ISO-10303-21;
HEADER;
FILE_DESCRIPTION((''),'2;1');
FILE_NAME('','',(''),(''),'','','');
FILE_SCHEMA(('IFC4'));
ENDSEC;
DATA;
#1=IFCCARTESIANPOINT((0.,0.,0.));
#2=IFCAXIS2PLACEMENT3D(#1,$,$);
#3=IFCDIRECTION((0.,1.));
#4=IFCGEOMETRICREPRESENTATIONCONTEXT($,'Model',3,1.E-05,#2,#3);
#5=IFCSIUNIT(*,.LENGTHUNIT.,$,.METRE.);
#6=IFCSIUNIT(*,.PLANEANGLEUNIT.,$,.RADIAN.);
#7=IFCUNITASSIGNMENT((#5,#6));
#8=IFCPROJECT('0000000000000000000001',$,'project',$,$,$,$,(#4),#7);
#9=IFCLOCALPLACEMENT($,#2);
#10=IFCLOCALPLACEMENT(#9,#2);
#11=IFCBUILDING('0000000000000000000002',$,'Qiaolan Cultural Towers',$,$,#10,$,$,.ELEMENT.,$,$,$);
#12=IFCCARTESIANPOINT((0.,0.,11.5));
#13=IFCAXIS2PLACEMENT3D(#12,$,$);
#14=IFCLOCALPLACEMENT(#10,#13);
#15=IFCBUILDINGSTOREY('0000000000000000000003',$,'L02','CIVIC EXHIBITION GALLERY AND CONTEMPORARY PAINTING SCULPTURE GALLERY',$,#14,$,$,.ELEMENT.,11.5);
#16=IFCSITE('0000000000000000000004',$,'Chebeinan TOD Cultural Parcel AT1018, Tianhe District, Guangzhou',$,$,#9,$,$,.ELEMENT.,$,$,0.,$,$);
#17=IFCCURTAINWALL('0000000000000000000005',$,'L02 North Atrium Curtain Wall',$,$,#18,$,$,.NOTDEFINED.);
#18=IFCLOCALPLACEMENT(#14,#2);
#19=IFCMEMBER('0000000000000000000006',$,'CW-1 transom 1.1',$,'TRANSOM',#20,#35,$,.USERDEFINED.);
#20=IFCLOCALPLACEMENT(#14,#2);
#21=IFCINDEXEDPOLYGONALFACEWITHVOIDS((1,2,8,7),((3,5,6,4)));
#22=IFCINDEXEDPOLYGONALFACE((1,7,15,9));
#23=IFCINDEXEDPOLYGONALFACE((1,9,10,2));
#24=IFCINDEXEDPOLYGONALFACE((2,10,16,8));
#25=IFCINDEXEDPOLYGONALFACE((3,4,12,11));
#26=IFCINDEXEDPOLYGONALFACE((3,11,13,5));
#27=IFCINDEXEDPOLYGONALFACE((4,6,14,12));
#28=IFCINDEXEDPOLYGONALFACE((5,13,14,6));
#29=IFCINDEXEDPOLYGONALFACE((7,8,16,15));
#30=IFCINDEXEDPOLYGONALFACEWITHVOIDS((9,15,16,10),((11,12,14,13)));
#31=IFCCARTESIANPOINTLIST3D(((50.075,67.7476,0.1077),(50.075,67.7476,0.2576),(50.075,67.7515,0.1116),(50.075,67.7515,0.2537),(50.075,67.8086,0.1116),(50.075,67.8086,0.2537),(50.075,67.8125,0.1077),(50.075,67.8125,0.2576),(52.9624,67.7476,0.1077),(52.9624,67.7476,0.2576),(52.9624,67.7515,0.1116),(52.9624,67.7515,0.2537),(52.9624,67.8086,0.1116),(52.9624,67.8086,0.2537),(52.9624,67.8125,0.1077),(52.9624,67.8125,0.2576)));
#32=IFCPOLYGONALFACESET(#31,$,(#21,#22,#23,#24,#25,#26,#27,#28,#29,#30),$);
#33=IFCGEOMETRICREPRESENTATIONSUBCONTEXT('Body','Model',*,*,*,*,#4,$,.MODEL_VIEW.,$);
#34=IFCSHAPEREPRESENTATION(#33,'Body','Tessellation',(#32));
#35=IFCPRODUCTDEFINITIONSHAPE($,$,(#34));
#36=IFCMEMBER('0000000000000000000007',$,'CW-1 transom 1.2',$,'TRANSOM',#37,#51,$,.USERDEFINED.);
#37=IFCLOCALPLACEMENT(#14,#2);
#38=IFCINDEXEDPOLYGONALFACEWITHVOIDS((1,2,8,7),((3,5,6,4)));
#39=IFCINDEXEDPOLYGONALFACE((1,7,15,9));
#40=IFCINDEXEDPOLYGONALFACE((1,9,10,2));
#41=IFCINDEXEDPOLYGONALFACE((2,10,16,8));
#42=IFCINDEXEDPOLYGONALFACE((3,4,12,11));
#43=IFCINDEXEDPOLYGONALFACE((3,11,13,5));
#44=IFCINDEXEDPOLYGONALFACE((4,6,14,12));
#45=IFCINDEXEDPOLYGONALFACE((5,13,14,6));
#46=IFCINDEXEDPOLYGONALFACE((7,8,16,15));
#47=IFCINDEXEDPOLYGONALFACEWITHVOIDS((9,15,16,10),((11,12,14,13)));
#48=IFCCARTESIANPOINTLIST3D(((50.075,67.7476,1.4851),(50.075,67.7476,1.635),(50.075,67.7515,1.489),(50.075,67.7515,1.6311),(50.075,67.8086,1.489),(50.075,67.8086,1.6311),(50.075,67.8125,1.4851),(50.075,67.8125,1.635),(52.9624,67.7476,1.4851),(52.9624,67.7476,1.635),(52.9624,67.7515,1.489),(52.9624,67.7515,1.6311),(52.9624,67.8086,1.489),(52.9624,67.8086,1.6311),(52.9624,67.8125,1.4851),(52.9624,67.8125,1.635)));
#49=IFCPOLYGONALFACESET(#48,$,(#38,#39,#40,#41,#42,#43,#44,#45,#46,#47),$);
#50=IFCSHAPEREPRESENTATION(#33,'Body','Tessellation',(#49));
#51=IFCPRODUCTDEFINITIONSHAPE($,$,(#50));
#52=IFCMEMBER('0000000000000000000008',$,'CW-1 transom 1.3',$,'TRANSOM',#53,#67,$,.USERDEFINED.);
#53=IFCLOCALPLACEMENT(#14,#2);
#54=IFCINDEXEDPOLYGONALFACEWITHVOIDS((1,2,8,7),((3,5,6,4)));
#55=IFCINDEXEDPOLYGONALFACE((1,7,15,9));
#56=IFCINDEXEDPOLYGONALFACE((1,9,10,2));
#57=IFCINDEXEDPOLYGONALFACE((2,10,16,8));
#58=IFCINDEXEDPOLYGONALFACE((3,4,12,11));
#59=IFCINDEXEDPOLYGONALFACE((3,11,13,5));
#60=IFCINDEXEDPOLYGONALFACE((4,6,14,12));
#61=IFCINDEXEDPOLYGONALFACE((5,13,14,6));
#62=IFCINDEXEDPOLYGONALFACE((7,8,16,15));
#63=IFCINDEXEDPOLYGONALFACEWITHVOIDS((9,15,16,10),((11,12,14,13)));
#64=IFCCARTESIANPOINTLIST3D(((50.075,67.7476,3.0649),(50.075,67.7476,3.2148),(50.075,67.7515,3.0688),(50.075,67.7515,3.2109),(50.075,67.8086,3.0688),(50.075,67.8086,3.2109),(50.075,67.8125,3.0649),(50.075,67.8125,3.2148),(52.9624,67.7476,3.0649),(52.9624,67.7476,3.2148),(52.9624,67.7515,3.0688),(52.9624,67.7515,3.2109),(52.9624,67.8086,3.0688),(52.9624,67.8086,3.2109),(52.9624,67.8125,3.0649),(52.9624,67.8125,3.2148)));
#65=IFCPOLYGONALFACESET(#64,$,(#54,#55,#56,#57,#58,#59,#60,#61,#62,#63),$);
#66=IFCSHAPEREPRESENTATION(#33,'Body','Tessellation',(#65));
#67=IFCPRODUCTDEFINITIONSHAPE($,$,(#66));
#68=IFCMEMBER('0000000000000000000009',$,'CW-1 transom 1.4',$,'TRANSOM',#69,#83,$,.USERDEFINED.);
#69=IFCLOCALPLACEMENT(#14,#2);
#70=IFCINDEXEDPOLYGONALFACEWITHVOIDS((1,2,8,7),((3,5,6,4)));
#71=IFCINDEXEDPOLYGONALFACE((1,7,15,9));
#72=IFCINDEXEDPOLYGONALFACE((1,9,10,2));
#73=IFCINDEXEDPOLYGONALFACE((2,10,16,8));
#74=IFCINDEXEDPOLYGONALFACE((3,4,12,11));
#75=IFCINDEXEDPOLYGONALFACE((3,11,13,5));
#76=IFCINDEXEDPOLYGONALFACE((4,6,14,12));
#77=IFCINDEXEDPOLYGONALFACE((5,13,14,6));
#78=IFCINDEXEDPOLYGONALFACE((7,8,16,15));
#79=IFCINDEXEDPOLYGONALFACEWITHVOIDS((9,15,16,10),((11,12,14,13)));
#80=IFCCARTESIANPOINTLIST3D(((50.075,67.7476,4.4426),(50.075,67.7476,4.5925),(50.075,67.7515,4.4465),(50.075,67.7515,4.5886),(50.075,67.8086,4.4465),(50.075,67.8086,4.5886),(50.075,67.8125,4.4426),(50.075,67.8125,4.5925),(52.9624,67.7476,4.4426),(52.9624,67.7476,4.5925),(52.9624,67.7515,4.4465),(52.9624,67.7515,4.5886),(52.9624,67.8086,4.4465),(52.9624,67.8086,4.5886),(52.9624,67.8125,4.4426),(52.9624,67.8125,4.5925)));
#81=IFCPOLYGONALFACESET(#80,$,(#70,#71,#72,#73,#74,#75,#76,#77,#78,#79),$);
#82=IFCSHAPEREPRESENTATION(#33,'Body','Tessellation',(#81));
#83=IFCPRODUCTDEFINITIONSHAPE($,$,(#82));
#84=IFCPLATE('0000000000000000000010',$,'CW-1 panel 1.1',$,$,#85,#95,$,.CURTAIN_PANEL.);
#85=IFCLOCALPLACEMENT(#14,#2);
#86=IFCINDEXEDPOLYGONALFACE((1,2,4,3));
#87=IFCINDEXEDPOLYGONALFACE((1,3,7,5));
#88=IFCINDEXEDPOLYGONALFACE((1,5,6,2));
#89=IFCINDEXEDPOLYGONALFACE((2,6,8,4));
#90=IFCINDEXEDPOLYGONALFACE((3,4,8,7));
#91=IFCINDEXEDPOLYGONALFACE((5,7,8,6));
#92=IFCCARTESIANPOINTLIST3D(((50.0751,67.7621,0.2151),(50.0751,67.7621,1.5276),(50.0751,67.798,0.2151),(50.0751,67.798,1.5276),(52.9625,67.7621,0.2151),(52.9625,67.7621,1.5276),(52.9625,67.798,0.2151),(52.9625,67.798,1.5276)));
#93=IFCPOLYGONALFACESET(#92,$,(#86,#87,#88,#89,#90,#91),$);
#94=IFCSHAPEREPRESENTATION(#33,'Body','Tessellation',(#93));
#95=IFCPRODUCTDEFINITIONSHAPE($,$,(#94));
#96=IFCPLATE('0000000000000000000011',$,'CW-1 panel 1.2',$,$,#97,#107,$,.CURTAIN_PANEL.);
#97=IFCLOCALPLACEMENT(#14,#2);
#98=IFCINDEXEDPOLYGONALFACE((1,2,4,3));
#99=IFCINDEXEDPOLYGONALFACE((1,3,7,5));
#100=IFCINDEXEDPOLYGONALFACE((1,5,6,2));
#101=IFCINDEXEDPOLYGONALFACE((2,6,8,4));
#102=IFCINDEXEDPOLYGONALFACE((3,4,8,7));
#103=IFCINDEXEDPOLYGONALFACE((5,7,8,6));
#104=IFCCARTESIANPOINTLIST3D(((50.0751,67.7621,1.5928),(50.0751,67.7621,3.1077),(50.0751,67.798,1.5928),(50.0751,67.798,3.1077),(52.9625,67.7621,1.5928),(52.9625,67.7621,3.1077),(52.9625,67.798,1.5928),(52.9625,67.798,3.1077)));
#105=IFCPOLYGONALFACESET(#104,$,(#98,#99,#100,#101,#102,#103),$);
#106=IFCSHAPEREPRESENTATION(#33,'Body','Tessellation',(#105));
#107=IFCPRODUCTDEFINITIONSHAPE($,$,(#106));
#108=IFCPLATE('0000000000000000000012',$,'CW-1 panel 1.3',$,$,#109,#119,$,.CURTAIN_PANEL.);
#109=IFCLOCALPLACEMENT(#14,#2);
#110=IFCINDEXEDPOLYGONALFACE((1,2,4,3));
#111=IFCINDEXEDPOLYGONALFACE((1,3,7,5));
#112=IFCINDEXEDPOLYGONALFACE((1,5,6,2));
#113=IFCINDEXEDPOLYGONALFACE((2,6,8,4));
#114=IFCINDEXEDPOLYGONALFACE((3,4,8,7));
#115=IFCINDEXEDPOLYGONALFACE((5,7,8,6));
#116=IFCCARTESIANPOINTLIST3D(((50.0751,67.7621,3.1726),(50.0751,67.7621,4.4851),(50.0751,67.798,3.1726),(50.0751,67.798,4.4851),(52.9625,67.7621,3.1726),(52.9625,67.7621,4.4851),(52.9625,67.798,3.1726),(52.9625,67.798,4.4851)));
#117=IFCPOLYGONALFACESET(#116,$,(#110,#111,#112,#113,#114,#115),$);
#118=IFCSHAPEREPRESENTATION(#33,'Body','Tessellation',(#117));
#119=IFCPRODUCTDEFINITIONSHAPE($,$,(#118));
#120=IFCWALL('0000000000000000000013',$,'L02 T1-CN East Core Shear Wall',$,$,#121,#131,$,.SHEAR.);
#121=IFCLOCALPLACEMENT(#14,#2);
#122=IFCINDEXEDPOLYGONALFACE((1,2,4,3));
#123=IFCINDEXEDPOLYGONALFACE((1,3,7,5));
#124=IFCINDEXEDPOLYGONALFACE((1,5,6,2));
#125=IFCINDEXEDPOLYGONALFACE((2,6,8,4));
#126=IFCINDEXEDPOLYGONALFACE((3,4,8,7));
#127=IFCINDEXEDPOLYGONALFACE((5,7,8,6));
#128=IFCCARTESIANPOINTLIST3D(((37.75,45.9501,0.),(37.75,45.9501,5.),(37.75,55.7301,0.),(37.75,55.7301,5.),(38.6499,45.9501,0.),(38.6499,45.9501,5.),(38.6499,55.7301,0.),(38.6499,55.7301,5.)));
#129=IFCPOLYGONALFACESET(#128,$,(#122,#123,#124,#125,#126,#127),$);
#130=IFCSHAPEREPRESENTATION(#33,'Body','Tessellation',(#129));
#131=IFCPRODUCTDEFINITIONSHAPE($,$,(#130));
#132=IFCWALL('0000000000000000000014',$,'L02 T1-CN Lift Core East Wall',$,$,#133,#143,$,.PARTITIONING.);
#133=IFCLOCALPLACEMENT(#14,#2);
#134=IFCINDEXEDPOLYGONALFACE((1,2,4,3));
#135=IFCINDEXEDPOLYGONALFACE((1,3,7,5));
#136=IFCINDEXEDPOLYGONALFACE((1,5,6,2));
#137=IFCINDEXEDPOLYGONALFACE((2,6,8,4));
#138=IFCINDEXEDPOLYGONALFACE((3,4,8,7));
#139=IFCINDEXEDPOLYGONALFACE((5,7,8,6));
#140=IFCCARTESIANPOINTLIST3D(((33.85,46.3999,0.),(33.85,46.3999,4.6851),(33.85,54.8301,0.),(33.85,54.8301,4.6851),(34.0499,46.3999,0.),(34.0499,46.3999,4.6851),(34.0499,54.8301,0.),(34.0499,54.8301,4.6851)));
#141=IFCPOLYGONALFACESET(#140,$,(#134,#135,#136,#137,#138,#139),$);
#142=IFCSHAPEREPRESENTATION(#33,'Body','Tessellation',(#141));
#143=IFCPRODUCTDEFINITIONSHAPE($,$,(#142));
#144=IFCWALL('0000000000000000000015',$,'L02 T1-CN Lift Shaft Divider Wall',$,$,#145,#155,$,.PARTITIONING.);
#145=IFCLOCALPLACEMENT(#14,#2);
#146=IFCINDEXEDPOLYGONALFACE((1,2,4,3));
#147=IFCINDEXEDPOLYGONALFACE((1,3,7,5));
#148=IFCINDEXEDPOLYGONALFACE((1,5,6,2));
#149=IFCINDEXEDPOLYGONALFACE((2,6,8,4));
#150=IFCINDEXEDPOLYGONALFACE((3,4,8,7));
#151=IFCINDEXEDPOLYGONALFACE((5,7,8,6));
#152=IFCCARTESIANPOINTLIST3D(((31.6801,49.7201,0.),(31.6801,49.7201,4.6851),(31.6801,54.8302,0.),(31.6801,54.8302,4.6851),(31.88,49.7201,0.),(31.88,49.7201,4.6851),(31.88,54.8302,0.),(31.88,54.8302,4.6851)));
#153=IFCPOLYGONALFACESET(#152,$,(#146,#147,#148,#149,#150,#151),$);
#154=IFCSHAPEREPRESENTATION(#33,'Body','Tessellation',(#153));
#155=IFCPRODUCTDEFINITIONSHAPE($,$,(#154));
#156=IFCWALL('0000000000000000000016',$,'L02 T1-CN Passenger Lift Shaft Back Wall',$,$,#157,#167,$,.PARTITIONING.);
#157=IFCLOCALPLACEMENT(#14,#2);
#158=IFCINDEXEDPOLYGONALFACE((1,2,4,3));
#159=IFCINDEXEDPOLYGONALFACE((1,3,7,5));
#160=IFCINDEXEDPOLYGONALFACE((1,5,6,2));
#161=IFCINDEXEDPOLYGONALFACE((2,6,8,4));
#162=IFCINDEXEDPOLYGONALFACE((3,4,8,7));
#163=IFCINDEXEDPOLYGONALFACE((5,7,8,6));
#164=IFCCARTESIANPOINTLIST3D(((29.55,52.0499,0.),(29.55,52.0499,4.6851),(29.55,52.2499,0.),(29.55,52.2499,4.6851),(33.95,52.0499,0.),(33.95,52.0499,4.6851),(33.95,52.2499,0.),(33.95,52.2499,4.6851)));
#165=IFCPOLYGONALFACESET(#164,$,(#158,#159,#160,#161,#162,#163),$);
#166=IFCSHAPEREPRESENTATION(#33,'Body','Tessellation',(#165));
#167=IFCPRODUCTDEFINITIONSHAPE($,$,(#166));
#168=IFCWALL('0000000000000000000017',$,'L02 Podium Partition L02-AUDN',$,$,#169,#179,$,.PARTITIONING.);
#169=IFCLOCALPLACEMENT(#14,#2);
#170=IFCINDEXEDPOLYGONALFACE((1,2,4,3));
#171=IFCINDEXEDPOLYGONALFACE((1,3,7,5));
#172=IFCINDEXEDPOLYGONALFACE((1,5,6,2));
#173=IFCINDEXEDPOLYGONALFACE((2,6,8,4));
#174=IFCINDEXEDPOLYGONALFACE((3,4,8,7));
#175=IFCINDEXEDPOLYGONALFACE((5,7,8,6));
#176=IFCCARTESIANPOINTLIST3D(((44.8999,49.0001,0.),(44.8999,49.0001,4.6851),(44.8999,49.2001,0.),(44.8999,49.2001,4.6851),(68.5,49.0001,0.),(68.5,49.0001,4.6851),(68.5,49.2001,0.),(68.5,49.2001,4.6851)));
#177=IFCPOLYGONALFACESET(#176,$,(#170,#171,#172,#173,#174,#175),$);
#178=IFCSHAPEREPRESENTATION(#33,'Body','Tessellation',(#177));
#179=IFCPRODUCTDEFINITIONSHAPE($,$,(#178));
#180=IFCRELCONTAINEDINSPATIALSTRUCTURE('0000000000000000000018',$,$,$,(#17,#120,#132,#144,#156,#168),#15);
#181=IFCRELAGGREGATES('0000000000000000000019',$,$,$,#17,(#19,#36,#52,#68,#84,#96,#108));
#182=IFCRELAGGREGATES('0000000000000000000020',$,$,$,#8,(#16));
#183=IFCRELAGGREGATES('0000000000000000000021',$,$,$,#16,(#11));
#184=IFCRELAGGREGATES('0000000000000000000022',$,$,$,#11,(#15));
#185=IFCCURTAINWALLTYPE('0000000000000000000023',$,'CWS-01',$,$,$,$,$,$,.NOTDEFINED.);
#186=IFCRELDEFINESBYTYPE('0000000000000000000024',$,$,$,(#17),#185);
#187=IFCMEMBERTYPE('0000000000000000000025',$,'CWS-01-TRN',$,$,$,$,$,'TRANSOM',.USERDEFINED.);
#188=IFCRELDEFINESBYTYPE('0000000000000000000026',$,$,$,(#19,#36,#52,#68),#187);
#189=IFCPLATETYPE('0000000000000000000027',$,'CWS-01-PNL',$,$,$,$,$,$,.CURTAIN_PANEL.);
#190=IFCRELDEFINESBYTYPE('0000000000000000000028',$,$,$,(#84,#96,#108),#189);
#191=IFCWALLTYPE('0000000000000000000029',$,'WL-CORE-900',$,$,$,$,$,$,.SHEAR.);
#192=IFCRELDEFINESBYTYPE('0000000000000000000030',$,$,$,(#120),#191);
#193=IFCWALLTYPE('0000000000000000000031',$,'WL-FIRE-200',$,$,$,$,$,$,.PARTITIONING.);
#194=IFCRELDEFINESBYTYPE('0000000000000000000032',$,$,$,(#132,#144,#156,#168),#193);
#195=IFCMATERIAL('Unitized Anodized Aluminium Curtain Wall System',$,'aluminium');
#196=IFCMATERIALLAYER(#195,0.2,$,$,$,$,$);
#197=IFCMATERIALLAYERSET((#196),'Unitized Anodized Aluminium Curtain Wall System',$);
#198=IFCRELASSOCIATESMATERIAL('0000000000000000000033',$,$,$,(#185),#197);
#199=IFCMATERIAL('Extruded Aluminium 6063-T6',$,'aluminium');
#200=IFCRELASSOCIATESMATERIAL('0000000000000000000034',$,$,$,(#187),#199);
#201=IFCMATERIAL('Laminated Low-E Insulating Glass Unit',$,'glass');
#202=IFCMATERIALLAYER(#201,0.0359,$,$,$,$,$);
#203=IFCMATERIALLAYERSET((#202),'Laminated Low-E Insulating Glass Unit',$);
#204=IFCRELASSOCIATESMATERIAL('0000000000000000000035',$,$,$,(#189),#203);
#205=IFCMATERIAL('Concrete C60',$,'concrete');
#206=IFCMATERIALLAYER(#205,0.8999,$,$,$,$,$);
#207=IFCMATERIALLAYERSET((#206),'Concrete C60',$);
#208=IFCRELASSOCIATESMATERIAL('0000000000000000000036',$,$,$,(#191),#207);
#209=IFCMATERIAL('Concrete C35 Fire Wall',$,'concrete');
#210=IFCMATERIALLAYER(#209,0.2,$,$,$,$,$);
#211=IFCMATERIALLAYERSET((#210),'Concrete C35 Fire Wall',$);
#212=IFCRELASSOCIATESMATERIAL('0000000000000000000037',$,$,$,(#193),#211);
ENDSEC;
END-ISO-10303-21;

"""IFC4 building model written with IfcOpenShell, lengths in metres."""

from ifc_helpers import new_model, si_unit, direction, frame, frame_2d, origin, origin_2d, place, context, subcontext, project, spatial, rectangle, hollow_rectangle, extrude, material, layer, layer_set, material_profile, profile_set, type_object, element, aggregate, save


model = new_model("IFC4")

# Units and contexts
model_context = context("Model", 3, precision=1e-05, world=origin(), true_north=direction((0.0, 1.0)))
body_context = subcontext(model_context, "Body", "Model", "MODEL_VIEW")
ifc_project = project(units=[si_unit("LENGTHUNIT", "METRE"), si_unit("PLANEANGLEUNIT", "RADIAN")], contexts=[model_context])

# Site, building, storey
site_placement = place(None, origin())
site = spatial("IfcSite", under=ifc_project, at=site_placement, Name="Chebeinan TOD Cultural Parcel AT1018, Tianhe District, Guangzhou", CompositionType="ELEMENT", RefElevation=0.0)
building_placement = place(site_placement, origin())
building = spatial("IfcBuilding", under=site, at=building_placement, Name="Qiaolan Cultural Towers", CompositionType="ELEMENT")
storey_placement = place(building_placement, frame((0.0, 0.0, 11.5)))
storey = spatial("IfcBuildingStorey", under=building, at=storey_placement, Name="L02", Description="CIVIC EXHIBITION GALLERY AND CONTEMPORARY PAINTING SCULPTURE GALLERY", CompositionType="ELEMENT", Elevation=11.5)

# Curtain wall, members, plates
ifc_material_1 = material(Name="Unitized Anodized Aluminium Curtain Wall System", Category="aluminium")
ifc_layer_1 = layer(ifc_material_1, 0.2)
ifc_layer_set_1 = layer_set([ifc_layer_1], Name="Unitized Anodized Aluminium Curtain Wall System")
curtain_wall_type = type_object("IfcCurtainWallType", Name="CWS-01", PredefinedType="NOTDEFINED", material=ifc_layer_set_1)
curtain_wall_placement = place(storey_placement, origin())
curtain_wall = element("IfcCurtainWall", 1, at=curtain_wall_placement, inside=storey, type_object=curtain_wall_type, Name="L02 North Atrium Curtain Wall", PredefinedType="NOTDEFINED")
ifc_material_2 = material(Name="Extruded Aluminium 6063-T6", Category="aluminium")
ifc_material_profile_1 = material_profile(ifc_material_2, hollow_rectangle(XDim=0.0649, YDim=0.1499, WallThickness=0.0039, at=origin_2d()), Name="CWT-150x65x4")
ifc_profile_set_1 = profile_set([ifc_material_profile_1], Name="Extruded Aluminium 6063-T6")
member_type_1 = type_object("IfcMemberType", Name="CWS-01-TRN", ElementType="TRANSOM", PredefinedType="USERDEFINED", material=ifc_profile_set_1)
member_1_placement = place(storey_placement, frame((50.075, 67.78, 0.1826), z_axis=(1.0, 0.0, 0.0), x_axis=(0.0, 1.0, 0.0)))
member_1 = element("IfcMember", 2, at=member_1_placement, type_object=member_type_1, Name="CW-1 transom 1.1", ObjectType="TRANSOM", PredefinedType="USERDEFINED", context=body_context, shape_type="SweptSolid", body=[
    extrude(hollow_rectangle(XDim=0.0649, YDim=0.1499, WallThickness=0.0039, at=origin_2d()), origin(), (0.0, 0.0, 1.0), 2.8875),
])
member_2_placement = place(storey_placement, frame((50.075, 67.78, 1.5601), z_axis=(1.0, 0.0, 0.0), x_axis=(0.0, 1.0, 0.0)))
member_2 = element("IfcMember", 3, at=member_2_placement, type_object=member_type_1, Name="CW-1 transom 1.2", ObjectType="TRANSOM", PredefinedType="USERDEFINED", context=body_context, shape_type="SweptSolid", body=[
    extrude(hollow_rectangle(XDim=0.0649, YDim=0.1499, WallThickness=0.0039, at=origin_2d()), origin(), (0.0, 0.0, 1.0), 2.8875),
])
member_3_placement = place(storey_placement, frame((50.075, 67.78, 3.1399), z_axis=(1.0, 0.0, 0.0), x_axis=(0.0, 1.0, 0.0)))
member_3 = element("IfcMember", 4, at=member_3_placement, type_object=member_type_1, Name="CW-1 transom 1.3", ObjectType="TRANSOM", PredefinedType="USERDEFINED", context=body_context, shape_type="SweptSolid", body=[
    extrude(hollow_rectangle(XDim=0.0649, YDim=0.1499, WallThickness=0.0039, at=origin_2d()), origin(), (0.0, 0.0, 1.0), 2.8875),
])
member_4_placement = place(storey_placement, frame((50.075, 67.78, 4.5176), z_axis=(1.0, 0.0, 0.0), x_axis=(0.0, 1.0, 0.0)))
member_4 = element("IfcMember", 5, at=member_4_placement, type_object=member_type_1, Name="CW-1 transom 1.4", ObjectType="TRANSOM", PredefinedType="USERDEFINED", context=body_context, shape_type="SweptSolid", body=[
    extrude(hollow_rectangle(XDim=0.0649, YDim=0.1499, WallThickness=0.0039, at=origin_2d()), origin(), (0.0, 0.0, 1.0), 2.8875),
])
ifc_material_3 = material(Name="Laminated Low-E Insulating Glass Unit", Category="glass")
ifc_layer_2 = layer(ifc_material_3, 0.0359)
ifc_layer_set_2 = layer_set([ifc_layer_2], Name="Laminated Low-E Insulating Glass Unit")
plate_type = type_object("IfcPlateType", Name="CWS-01-PNL", PredefinedType="CURTAIN_PANEL", material=ifc_layer_set_2)
plate_1_placement = place(storey_placement, frame((51.5188, 67.78, 0.2151), z_axis=(0.0, 0.0, 1.0), x_axis=(1.0, 0.0, 0.0)))
plate_1 = element("IfcPlate", 6, at=plate_1_placement, type_object=plate_type, Name="CW-1 panel 1.1", PredefinedType="CURTAIN_PANEL", context=body_context, shape_type="SweptSolid", body=[
    extrude(rectangle(XDim=2.8875, YDim=0.0359, at=origin_2d()), origin(), (0.0, 0.0, 1.0), 1.3125),
])
plate_2_placement = place(storey_placement, frame((51.5188, 67.78, 1.5928), z_axis=(0.0, 0.0, 1.0), x_axis=(1.0, 0.0, 0.0)))
plate_2 = element("IfcPlate", 7, at=plate_2_placement, type_object=plate_type, Name="CW-1 panel 1.2", PredefinedType="CURTAIN_PANEL", context=body_context, shape_type="SweptSolid", body=[
    extrude(rectangle(XDim=2.8875, YDim=0.0359, at=origin_2d()), origin(), (0.0, 0.0, 1.0), 1.5149),
])
plate_3_placement = place(storey_placement, frame((51.5188, 67.78, 3.1726), z_axis=(0.0, 0.0, 1.0), x_axis=(1.0, 0.0, 0.0)))
plate_3 = element("IfcPlate", 8, at=plate_3_placement, type_object=plate_type, Name="CW-1 panel 1.3", PredefinedType="CURTAIN_PANEL", context=body_context, shape_type="SweptSolid", body=[
    extrude(rectangle(XDim=2.8875, YDim=0.0359, at=origin_2d()), origin(), (0.0, 0.0, 1.0), 1.3125),
])
aggregate(curtain_wall, [member_1, member_2, member_3, member_4, plate_1, plate_2, plate_3])

# Walls
ifc_material_4 = material(Name="Concrete C60", Category="concrete")
ifc_layer_3 = layer(ifc_material_4, 0.8999)
ifc_layer_set_3 = layer_set([ifc_layer_3], Name="Concrete C60")
wall_type_1 = type_object("IfcWallType", Name="WL-CORE-900", PredefinedType="SHEAR", material=ifc_layer_set_3)
wall_1_placement = place(storey_placement, frame((38.2, 45.95, 0.0), z_axis=(0.0, 0.0, 1.0), x_axis=(0.0, 1.0, 0.0)))
element("IfcWall", 9, at=wall_1_placement, inside=storey, type_object=wall_type_1, Name="L02 T1-CN East Core Shear Wall", PredefinedType="SHEAR", context=body_context, shape_type="SweptSolid", body=[
    extrude(rectangle(XDim=9.78, YDim=0.8999, at=frame_2d((4.8901, 0.0))), origin(), (0.0, 0.0, 1.0), 5.0),
])
ifc_material_5 = material(Name="Concrete C35 Fire Wall", Category="concrete")
ifc_layer_4 = layer(ifc_material_5, 0.2)
ifc_layer_set_4 = layer_set([ifc_layer_4], Name="Concrete C35 Fire Wall")
wall_type_2 = type_object("IfcWallType", Name="WL-FIRE-200", PredefinedType="PARTITIONING", material=ifc_layer_set_4)
wall_2_placement = place(storey_placement, frame((33.95, 46.3999, 0.0), z_axis=(0.0, 0.0, 1.0), x_axis=(0.0, 1.0, 0.0)))
element("IfcWall", 10, at=wall_2_placement, inside=storey, type_object=wall_type_2, Name="L02 T1-CN Lift Core East Wall", PredefinedType="PARTITIONING", context=body_context, shape_type="SweptSolid", body=[
    extrude(rectangle(XDim=8.4302, YDim=0.2, at=frame_2d((4.2151, 0.0))), origin(), (0.0, 0.0, 1.0), 4.6851),
])
wall_3_placement = place(storey_placement, frame((31.78, 49.72, 0.0), z_axis=(0.0, 0.0, 1.0), x_axis=(0.0, 1.0, 0.0)))
element("IfcWall", 11, at=wall_3_placement, inside=storey, type_object=wall_type_2, Name="L02 T1-CN Lift Shaft Divider Wall", PredefinedType="PARTITIONING", context=body_context, shape_type="SweptSolid", body=[
    extrude(rectangle(XDim=5.1101, YDim=0.2, at=frame_2d((2.5552, 0.0))), origin(), (0.0, 0.0, 1.0), 4.6851),
])
wall_4_placement = place(storey_placement, frame((29.55, 52.1499, 0.0), z_axis=(0.0, 0.0, 1.0), x_axis=(1.0, 0.0, 0.0)))
element("IfcWall", 12, at=wall_4_placement, inside=storey, type_object=wall_type_2, Name="L02 T1-CN Passenger Lift Shaft Back Wall", PredefinedType="PARTITIONING", context=body_context, shape_type="SweptSolid", body=[
    extrude(rectangle(XDim=4.3999, YDim=0.2, at=frame_2d((2.2, 0.0))), origin(), (0.0, 0.0, 1.0), 4.6851),
])
wall_5_placement = place(storey_placement, frame((44.8999, 49.1001, 0.0), z_axis=(0.0, 0.0, 1.0), x_axis=(1.0, 0.0, 0.0)))
element("IfcWall", 13, at=wall_5_placement, inside=storey, type_object=wall_type_2, Name="L02 Podium Partition L02-AUDN", PredefinedType="PARTITIONING", context=body_context, shape_type="SweptSolid", body=[
    extrude(rectangle(XDim=23.6001, YDim=0.2, at=frame_2d((11.8, 0.0))), origin(), (0.0, 0.0, 1.0), 4.6851),
])

save(model, "model.ifc")
